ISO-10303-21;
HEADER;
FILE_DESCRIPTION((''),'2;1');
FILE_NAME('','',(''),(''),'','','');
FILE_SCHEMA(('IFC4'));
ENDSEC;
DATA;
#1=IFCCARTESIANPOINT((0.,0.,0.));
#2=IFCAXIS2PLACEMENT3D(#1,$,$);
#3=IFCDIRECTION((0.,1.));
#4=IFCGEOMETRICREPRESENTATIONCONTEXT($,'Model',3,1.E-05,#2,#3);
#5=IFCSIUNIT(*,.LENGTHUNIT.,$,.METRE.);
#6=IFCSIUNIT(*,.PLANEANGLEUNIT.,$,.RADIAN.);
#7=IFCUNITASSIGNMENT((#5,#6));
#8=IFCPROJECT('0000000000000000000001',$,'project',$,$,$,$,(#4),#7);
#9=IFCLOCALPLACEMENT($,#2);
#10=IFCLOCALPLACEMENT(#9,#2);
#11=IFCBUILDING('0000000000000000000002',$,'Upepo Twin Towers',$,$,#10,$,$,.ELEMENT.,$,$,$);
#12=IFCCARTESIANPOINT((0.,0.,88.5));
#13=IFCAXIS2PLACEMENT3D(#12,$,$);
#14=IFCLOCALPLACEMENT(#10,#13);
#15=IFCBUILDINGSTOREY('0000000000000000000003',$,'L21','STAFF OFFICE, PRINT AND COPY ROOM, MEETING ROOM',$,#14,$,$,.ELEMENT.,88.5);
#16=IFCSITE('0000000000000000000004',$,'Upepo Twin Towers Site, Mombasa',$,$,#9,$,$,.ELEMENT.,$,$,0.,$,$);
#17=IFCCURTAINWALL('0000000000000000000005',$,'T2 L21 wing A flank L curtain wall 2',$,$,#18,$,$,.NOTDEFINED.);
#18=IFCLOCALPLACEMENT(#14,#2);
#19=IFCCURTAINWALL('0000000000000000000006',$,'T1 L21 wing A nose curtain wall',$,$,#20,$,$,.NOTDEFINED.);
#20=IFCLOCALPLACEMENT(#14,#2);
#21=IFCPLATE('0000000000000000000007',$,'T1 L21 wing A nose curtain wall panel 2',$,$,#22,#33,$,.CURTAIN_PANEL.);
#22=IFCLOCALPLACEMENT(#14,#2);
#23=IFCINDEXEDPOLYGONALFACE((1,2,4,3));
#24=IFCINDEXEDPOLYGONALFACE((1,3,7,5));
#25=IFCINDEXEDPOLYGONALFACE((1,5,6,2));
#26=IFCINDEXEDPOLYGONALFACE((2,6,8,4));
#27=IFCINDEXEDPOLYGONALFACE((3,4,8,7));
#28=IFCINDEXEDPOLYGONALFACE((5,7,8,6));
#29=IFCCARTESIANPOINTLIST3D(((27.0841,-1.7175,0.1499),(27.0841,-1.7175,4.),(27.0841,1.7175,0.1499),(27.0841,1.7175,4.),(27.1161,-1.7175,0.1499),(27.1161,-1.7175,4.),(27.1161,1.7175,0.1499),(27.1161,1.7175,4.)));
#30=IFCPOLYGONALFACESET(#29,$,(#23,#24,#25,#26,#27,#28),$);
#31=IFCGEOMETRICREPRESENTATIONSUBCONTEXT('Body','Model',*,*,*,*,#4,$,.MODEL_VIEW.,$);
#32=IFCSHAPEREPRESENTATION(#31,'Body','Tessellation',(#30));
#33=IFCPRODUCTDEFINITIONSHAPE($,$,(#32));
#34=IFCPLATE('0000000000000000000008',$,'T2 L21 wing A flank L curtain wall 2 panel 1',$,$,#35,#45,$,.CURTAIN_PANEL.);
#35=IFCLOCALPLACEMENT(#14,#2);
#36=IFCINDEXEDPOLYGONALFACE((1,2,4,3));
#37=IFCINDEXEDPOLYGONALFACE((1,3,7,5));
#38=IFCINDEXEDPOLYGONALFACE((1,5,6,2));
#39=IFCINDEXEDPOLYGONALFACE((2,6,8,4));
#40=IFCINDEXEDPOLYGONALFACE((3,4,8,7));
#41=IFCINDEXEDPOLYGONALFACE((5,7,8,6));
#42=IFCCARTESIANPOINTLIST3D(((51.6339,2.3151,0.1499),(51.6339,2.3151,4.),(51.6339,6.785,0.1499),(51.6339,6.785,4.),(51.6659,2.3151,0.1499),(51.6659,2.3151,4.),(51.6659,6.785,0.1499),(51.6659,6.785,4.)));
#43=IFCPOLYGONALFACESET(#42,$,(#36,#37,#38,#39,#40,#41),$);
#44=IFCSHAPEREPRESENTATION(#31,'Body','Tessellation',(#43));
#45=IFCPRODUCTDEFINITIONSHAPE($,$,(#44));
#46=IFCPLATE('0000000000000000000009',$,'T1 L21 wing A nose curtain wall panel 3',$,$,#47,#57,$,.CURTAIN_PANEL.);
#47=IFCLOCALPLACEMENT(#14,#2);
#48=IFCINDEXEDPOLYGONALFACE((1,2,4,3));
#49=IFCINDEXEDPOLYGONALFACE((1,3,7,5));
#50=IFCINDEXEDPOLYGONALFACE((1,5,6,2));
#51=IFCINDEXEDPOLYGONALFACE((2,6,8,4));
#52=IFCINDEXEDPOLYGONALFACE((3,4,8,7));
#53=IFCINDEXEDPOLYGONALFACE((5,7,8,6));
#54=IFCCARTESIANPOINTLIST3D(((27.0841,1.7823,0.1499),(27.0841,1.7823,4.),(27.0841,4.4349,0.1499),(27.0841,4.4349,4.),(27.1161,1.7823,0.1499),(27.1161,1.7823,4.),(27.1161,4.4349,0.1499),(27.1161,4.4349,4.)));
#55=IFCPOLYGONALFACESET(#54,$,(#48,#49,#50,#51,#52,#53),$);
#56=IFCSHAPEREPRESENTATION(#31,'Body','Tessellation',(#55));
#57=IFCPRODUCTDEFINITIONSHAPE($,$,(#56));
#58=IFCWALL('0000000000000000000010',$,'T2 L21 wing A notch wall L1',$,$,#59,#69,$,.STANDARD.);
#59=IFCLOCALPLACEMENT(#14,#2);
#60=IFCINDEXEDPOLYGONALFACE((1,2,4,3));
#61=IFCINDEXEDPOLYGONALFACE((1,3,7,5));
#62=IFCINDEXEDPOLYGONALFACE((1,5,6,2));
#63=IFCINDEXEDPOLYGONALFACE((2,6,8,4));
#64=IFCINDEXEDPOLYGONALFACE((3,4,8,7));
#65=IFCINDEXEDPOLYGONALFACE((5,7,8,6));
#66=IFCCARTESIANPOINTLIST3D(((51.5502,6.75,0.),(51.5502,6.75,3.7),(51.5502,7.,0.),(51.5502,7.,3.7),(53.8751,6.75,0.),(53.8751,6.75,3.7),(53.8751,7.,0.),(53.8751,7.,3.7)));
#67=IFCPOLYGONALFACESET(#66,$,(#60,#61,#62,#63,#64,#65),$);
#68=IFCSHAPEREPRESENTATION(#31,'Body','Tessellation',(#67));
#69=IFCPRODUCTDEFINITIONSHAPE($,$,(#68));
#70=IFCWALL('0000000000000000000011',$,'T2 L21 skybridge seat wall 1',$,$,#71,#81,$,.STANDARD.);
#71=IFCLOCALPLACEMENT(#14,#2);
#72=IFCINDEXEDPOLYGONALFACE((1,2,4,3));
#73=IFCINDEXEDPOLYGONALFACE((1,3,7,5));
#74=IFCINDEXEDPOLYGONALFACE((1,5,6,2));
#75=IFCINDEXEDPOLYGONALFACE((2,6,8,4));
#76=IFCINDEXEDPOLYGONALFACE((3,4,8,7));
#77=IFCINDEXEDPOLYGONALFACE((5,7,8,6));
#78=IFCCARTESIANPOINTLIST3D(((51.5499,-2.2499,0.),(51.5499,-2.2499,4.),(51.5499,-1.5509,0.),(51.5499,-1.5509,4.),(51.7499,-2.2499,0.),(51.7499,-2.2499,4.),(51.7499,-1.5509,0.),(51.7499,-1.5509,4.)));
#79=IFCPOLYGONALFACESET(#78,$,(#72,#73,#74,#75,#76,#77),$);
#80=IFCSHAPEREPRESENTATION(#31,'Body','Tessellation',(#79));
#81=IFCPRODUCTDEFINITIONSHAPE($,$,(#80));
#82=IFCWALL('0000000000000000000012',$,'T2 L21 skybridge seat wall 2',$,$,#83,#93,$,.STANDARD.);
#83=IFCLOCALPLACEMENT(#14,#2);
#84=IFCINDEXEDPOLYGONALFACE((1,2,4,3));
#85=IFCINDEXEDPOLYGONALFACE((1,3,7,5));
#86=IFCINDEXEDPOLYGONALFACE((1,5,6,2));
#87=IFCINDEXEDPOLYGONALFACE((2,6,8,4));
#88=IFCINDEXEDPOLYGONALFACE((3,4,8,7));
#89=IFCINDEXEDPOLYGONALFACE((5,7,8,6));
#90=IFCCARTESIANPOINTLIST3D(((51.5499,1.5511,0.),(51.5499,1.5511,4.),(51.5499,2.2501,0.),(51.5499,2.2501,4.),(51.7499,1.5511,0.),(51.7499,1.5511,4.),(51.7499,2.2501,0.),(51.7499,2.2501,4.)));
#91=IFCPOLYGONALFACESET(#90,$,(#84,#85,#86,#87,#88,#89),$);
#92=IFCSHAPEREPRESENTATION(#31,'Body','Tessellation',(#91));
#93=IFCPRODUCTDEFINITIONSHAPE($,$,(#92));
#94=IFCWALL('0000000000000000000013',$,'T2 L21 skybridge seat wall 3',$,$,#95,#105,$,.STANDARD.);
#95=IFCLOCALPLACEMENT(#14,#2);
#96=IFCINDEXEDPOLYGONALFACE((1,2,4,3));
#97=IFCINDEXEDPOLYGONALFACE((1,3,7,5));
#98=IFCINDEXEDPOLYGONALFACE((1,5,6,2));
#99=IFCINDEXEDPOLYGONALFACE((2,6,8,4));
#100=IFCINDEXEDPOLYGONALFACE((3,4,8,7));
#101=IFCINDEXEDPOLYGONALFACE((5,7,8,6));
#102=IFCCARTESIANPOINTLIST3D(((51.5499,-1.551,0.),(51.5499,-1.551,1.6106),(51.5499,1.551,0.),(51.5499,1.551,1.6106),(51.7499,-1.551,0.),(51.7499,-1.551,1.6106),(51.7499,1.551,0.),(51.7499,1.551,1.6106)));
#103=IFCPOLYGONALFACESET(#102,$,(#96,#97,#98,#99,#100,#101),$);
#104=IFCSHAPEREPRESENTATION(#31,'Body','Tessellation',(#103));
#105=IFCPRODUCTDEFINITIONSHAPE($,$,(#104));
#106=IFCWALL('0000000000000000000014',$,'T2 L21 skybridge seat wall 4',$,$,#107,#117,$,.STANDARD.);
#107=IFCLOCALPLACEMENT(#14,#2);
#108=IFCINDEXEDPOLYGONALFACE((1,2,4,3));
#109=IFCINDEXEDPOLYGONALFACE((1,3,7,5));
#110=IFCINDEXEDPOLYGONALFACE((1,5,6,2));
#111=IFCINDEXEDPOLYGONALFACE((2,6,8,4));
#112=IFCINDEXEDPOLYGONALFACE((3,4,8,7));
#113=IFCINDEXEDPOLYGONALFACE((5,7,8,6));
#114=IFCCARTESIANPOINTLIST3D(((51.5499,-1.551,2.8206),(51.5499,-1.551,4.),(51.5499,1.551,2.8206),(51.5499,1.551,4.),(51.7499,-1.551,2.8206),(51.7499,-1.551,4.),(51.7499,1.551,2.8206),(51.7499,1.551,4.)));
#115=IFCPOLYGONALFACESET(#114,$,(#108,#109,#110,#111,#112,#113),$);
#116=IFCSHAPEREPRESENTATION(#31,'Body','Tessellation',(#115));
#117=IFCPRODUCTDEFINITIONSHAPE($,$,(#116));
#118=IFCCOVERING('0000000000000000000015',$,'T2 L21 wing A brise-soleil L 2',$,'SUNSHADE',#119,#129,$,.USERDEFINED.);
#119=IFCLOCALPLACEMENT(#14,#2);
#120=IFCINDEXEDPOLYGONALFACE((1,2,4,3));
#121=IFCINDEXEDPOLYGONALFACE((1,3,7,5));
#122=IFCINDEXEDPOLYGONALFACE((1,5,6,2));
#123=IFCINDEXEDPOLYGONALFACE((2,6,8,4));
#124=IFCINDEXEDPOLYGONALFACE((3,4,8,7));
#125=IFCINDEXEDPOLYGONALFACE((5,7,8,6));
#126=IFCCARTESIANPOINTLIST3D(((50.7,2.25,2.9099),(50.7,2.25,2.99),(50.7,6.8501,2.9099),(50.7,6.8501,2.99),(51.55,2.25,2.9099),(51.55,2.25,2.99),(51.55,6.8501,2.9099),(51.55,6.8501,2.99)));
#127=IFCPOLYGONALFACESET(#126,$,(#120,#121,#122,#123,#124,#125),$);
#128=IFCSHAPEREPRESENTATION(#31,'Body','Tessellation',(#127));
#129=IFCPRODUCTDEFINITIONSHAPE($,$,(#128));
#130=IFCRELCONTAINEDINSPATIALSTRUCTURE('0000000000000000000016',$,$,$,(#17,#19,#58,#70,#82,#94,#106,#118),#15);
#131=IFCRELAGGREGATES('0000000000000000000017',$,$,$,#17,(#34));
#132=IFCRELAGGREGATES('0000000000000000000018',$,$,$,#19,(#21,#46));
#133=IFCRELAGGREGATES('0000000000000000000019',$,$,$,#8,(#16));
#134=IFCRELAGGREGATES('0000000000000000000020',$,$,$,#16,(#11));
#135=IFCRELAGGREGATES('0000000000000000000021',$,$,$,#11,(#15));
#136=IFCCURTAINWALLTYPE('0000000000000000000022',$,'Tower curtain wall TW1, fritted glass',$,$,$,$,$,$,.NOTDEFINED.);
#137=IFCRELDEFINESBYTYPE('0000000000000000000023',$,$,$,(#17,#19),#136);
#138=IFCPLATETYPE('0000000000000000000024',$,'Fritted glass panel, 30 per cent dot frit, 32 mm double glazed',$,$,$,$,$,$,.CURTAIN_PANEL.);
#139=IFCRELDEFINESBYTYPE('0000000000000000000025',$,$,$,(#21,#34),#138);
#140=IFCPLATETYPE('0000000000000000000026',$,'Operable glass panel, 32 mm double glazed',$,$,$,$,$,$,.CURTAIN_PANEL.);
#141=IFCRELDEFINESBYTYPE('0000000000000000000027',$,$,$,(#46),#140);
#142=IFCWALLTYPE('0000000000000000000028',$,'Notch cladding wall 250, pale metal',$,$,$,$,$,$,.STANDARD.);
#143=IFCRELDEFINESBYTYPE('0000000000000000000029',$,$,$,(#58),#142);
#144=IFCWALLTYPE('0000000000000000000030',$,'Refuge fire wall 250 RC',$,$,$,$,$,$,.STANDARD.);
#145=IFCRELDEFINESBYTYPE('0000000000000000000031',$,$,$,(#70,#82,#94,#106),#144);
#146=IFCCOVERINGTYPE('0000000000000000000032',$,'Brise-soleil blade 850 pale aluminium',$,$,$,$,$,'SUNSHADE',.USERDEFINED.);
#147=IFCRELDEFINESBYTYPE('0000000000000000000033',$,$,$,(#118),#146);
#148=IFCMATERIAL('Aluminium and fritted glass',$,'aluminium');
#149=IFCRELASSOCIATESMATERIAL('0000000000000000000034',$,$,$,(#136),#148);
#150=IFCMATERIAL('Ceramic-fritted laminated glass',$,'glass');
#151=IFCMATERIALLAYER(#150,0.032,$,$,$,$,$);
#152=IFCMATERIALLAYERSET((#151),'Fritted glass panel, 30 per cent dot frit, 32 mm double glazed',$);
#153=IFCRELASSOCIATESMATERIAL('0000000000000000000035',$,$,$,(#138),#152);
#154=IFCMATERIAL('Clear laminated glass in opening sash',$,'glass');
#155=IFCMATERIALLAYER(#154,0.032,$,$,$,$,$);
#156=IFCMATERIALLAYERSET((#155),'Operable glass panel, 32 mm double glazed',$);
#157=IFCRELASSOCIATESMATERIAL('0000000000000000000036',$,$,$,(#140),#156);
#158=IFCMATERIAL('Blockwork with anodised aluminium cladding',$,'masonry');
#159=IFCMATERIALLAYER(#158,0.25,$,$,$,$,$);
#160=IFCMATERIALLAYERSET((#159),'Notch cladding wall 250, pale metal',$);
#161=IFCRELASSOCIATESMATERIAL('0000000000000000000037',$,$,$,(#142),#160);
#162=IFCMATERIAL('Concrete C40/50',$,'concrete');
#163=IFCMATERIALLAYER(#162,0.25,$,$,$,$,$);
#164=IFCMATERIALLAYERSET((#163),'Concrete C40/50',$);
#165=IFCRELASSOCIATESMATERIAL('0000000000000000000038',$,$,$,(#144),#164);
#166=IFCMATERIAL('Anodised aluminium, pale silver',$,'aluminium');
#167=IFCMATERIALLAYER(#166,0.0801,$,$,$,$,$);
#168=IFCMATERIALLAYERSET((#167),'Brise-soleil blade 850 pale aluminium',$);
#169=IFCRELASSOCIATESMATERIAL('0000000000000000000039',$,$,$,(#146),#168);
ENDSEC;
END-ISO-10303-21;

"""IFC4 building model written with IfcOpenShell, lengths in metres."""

from ifc_helpers import new_model, si_unit, direction, frame, frame_2d, origin, origin_2d, place, context, subcontext, project, spatial, rectangle, extrude, material, layer, layer_set, type_object, element, aggregate, save


model = new_model("IFC4")

# Units and contexts
model_context = context("Model", 3, precision=1e-05, world=origin(), true_north=direction((0.0, 1.0)))
body_context = subcontext(model_context, "Body", "Model", "MODEL_VIEW")
ifc_project = project(units=[si_unit("LENGTHUNIT", "METRE"), si_unit("PLANEANGLEUNIT", "RADIAN")], contexts=[model_context])

# Site, building, storey
site_placement = place(None, origin())
site = spatial("IfcSite", under=ifc_project, at=site_placement, Name="Upepo Twin Towers Site, Mombasa", CompositionType="ELEMENT", RefElevation=0.0)
building_placement = place(site_placement, origin())
building = spatial("IfcBuilding", under=site, at=building_placement, Name="Upepo Twin Towers", CompositionType="ELEMENT")
storey_placement = place(building_placement, frame((0.0, 0.0, 88.5)))
storey = spatial("IfcBuildingStorey", under=building, at=storey_placement, Name="L21", Description="STAFF OFFICE, PRINT AND COPY ROOM, MEETING ROOM", CompositionType="ELEMENT", Elevation=88.5)

# Shared definitions
ifc_material_1 = material(Name="Aluminium and fritted glass", Category="aluminium")
curtain_wall_type = type_object("IfcCurtainWallType", Name="Tower curtain wall TW1, fritted glass", PredefinedType="NOTDEFINED", material=ifc_material_1)

# Curtain wall
curtain_wall_1_placement = place(storey_placement, origin())
curtain_wall_1 = element("IfcCurtainWall", 1, at=curtain_wall_1_placement, inside=storey, type_object=curtain_wall_type, Name="T2 L21 wing A flank L curtain wall 2", PredefinedType="NOTDEFINED")

# Curtain wall
curtain_wall_2_placement = place(storey_placement, origin())
curtain_wall_2 = element("IfcCurtainWall", 2, at=curtain_wall_2_placement, inside=storey, type_object=curtain_wall_type, Name="T1 L21 wing A nose curtain wall", PredefinedType="NOTDEFINED")

# Plates
ifc_material_2 = material(Name="Ceramic-fritted laminated glass", Category="glass")
ifc_layer_1 = layer(ifc_material_2, 0.032)
ifc_layer_set_1 = layer_set([ifc_layer_1], Name="Fritted glass panel, 30 per cent dot frit, 32 mm double glazed")
plate_type_1 = type_object("IfcPlateType", Name="Fritted glass panel, 30 per cent dot frit, 32 mm double glazed", PredefinedType="CURTAIN_PANEL", material=ifc_layer_set_1)
plate_1_placement = place(storey_placement, frame((27.1001, 0.0, 0.1499), z_axis=(0.0, 0.0, 1.0), x_axis=(0.0, 1.0, 0.0)))
plate_1 = element("IfcPlate", 3, at=plate_1_placement, type_object=plate_type_1, Name="T1 L21 wing A nose curtain wall panel 2", PredefinedType="CURTAIN_PANEL", context=body_context, shape_type="SweptSolid", body=[
    extrude(rectangle(XDim=3.4351, YDim=0.032, at=origin_2d()), origin(), (0.0, 0.0, 1.0), 3.8501),
])
plate_2_placement = place(storey_placement, frame((51.6499, 4.55, 0.1499), z_axis=(0.0, 0.0, 1.0), x_axis=(0.0, 1.0, 0.0)))
plate_2 = element("IfcPlate", 4, at=plate_2_placement, type_object=plate_type_1, Name="T2 L21 wing A flank L curtain wall 2 panel 1", PredefinedType="CURTAIN_PANEL", context=body_context, shape_type="SweptSolid", body=[
    extrude(rectangle(XDim=4.47, YDim=0.032, at=origin_2d()), origin(), (0.0, 0.0, 1.0), 3.8501),
])
aggregate(curtain_wall_1, [plate_2])
ifc_material_3 = material(Name="Clear laminated glass in opening sash", Category="glass")
ifc_layer_2 = layer(ifc_material_3, 0.032)
ifc_layer_set_2 = layer_set([ifc_layer_2], Name="Operable glass panel, 32 mm double glazed")
plate_type_2 = type_object("IfcPlateType", Name="Operable glass panel, 32 mm double glazed", PredefinedType="CURTAIN_PANEL", material=ifc_layer_set_2)
plate_3_placement = place(storey_placement, frame((27.1001, 3.1086, 0.1499), z_axis=(0.0, 0.0, 1.0), x_axis=(0.0, 1.0, 0.0)))
plate_3 = element("IfcPlate", 5, at=plate_3_placement, type_object=plate_type_2, Name="T1 L21 wing A nose curtain wall panel 3", PredefinedType="CURTAIN_PANEL", context=body_context, shape_type="SweptSolid", body=[
    extrude(rectangle(XDim=2.6526, YDim=0.032, at=origin_2d()), origin(), (0.0, 0.0, 1.0), 3.8501),
])
aggregate(curtain_wall_2, [plate_1, plate_3])

# Walls
ifc_material_4 = material(Name="Blockwork with anodised aluminium cladding", Category="masonry")
ifc_layer_3 = layer(ifc_material_4, 0.25)
ifc_layer_set_3 = layer_set([ifc_layer_3], Name="Notch cladding wall 250, pale metal")
wall_type_1 = type_object("IfcWallType", Name="Notch cladding wall 250, pale metal", PredefinedType="STANDARD", material=ifc_layer_set_3)
wall_1_placement = place(storey_placement, frame((51.55, 6.875, 0.0), z_axis=(0.0, 0.0, 1.0), x_axis=(1.0, 0.0, 0.0)))
element("IfcWall", 6, at=wall_1_placement, inside=storey, type_object=wall_type_1, Name="T2 L21 wing A notch wall L1", PredefinedType="STANDARD", context=body_context, shape_type="SweptSolid", body=[
    extrude(rectangle(XDim=2.325, YDim=0.25, at=frame_2d((1.1626, 0.0))), origin(), (0.0, 0.0, 1.0), 3.7),
])
ifc_material_5 = material(Name="Concrete C40/50", Category="concrete")
ifc_layer_4 = layer(ifc_material_5, 0.25)
ifc_layer_set_4 = layer_set([ifc_layer_4], Name="Concrete C40/50")
wall_type_2 = type_object("IfcWallType", Name="Refuge fire wall 250 RC", PredefinedType="STANDARD", material=ifc_layer_set_4)
for number, where, z_axis, x_axis, name in (
    (7, (51.6499, -2.25, 0.0), (0.0, 0.0, 1.0), (0.0, 1.0, 0.0), "T2 L21 skybridge seat wall 1"),
    (8, (51.6499, 1.551, 0.0), (0.0, 0.0, 1.0), (0.0, 1.0, 0.0), "T2 L21 skybridge seat wall 2"),
):
    element("IfcWall", number, at=place(storey_placement, frame(where, z_axis=z_axis, x_axis=x_axis)), inside=storey, type_object=wall_type_2, Name=name, PredefinedType="STANDARD", context=body_context, shape_type="SweptSolid", body=[
        extrude(rectangle(XDim=0.699, YDim=0.2, at=frame_2d((0.3496, 0.0))), origin(), (0.0, 0.0, 1.0), 4.0),
    ])
wall_2_placement = place(storey_placement, frame((51.6499, -1.551, 0.0), z_axis=(0.0, 0.0, 1.0), x_axis=(0.0, 1.0, 0.0)))
element("IfcWall", 9, at=wall_2_placement, inside=storey, type_object=wall_type_2, Name="T2 L21 skybridge seat wall 3", PredefinedType="STANDARD", context=body_context, shape_type="SweptSolid", body=[
    extrude(rectangle(XDim=3.1021, YDim=0.2, at=frame_2d((1.551, 0.0))), origin(), (0.0, 0.0, 1.0), 1.6106),
])
wall_3_placement = place(storey_placement, frame((51.6499, -1.551, 2.8206), z_axis=(0.0, 0.0, 1.0), x_axis=(0.0, 1.0, 0.0)))
element("IfcWall", 10, at=wall_3_placement, inside=storey, type_object=wall_type_2, Name="T2 L21 skybridge seat wall 4", PredefinedType="STANDARD", context=body_context, shape_type="SweptSolid", body=[
    extrude(rectangle(XDim=3.1021, YDim=0.2, at=frame_2d((1.551, 0.0))), origin(), (0.0, 0.0, 1.0), 1.1794),
])

# Covering
ifc_material_6 = material(Name="Anodised aluminium, pale silver", Category="aluminium")
ifc_layer_5 = layer(ifc_material_6, 0.0801)
ifc_layer_set_5 = layer_set([ifc_layer_5], Name="Brise-soleil blade 850 pale aluminium")
covering_type = type_object("IfcCoveringType", Name="Brise-soleil blade 850 pale aluminium", ElementType="SUNSHADE", PredefinedType="USERDEFINED", material=ifc_layer_set_5)
covering_placement = place(storey_placement, frame((51.125, 4.55, 2.9099), z_axis=(0.0, 0.0, 1.0), x_axis=(0.0, 1.0, 0.0)))
element("IfcCovering", 11, at=covering_placement, inside=storey, type_object=covering_type, Name="T2 L21 wing A brise-soleil L 2", ObjectType="SUNSHADE", PredefinedType="USERDEFINED", context=body_context, shape_type="SweptSolid", body=[
    extrude(rectangle(XDim=4.6001, YDim=0.8501, at=origin_2d()), origin(), (0.0, 0.0, 1.0), 0.0801),
])

save(model, "model.ifc")
